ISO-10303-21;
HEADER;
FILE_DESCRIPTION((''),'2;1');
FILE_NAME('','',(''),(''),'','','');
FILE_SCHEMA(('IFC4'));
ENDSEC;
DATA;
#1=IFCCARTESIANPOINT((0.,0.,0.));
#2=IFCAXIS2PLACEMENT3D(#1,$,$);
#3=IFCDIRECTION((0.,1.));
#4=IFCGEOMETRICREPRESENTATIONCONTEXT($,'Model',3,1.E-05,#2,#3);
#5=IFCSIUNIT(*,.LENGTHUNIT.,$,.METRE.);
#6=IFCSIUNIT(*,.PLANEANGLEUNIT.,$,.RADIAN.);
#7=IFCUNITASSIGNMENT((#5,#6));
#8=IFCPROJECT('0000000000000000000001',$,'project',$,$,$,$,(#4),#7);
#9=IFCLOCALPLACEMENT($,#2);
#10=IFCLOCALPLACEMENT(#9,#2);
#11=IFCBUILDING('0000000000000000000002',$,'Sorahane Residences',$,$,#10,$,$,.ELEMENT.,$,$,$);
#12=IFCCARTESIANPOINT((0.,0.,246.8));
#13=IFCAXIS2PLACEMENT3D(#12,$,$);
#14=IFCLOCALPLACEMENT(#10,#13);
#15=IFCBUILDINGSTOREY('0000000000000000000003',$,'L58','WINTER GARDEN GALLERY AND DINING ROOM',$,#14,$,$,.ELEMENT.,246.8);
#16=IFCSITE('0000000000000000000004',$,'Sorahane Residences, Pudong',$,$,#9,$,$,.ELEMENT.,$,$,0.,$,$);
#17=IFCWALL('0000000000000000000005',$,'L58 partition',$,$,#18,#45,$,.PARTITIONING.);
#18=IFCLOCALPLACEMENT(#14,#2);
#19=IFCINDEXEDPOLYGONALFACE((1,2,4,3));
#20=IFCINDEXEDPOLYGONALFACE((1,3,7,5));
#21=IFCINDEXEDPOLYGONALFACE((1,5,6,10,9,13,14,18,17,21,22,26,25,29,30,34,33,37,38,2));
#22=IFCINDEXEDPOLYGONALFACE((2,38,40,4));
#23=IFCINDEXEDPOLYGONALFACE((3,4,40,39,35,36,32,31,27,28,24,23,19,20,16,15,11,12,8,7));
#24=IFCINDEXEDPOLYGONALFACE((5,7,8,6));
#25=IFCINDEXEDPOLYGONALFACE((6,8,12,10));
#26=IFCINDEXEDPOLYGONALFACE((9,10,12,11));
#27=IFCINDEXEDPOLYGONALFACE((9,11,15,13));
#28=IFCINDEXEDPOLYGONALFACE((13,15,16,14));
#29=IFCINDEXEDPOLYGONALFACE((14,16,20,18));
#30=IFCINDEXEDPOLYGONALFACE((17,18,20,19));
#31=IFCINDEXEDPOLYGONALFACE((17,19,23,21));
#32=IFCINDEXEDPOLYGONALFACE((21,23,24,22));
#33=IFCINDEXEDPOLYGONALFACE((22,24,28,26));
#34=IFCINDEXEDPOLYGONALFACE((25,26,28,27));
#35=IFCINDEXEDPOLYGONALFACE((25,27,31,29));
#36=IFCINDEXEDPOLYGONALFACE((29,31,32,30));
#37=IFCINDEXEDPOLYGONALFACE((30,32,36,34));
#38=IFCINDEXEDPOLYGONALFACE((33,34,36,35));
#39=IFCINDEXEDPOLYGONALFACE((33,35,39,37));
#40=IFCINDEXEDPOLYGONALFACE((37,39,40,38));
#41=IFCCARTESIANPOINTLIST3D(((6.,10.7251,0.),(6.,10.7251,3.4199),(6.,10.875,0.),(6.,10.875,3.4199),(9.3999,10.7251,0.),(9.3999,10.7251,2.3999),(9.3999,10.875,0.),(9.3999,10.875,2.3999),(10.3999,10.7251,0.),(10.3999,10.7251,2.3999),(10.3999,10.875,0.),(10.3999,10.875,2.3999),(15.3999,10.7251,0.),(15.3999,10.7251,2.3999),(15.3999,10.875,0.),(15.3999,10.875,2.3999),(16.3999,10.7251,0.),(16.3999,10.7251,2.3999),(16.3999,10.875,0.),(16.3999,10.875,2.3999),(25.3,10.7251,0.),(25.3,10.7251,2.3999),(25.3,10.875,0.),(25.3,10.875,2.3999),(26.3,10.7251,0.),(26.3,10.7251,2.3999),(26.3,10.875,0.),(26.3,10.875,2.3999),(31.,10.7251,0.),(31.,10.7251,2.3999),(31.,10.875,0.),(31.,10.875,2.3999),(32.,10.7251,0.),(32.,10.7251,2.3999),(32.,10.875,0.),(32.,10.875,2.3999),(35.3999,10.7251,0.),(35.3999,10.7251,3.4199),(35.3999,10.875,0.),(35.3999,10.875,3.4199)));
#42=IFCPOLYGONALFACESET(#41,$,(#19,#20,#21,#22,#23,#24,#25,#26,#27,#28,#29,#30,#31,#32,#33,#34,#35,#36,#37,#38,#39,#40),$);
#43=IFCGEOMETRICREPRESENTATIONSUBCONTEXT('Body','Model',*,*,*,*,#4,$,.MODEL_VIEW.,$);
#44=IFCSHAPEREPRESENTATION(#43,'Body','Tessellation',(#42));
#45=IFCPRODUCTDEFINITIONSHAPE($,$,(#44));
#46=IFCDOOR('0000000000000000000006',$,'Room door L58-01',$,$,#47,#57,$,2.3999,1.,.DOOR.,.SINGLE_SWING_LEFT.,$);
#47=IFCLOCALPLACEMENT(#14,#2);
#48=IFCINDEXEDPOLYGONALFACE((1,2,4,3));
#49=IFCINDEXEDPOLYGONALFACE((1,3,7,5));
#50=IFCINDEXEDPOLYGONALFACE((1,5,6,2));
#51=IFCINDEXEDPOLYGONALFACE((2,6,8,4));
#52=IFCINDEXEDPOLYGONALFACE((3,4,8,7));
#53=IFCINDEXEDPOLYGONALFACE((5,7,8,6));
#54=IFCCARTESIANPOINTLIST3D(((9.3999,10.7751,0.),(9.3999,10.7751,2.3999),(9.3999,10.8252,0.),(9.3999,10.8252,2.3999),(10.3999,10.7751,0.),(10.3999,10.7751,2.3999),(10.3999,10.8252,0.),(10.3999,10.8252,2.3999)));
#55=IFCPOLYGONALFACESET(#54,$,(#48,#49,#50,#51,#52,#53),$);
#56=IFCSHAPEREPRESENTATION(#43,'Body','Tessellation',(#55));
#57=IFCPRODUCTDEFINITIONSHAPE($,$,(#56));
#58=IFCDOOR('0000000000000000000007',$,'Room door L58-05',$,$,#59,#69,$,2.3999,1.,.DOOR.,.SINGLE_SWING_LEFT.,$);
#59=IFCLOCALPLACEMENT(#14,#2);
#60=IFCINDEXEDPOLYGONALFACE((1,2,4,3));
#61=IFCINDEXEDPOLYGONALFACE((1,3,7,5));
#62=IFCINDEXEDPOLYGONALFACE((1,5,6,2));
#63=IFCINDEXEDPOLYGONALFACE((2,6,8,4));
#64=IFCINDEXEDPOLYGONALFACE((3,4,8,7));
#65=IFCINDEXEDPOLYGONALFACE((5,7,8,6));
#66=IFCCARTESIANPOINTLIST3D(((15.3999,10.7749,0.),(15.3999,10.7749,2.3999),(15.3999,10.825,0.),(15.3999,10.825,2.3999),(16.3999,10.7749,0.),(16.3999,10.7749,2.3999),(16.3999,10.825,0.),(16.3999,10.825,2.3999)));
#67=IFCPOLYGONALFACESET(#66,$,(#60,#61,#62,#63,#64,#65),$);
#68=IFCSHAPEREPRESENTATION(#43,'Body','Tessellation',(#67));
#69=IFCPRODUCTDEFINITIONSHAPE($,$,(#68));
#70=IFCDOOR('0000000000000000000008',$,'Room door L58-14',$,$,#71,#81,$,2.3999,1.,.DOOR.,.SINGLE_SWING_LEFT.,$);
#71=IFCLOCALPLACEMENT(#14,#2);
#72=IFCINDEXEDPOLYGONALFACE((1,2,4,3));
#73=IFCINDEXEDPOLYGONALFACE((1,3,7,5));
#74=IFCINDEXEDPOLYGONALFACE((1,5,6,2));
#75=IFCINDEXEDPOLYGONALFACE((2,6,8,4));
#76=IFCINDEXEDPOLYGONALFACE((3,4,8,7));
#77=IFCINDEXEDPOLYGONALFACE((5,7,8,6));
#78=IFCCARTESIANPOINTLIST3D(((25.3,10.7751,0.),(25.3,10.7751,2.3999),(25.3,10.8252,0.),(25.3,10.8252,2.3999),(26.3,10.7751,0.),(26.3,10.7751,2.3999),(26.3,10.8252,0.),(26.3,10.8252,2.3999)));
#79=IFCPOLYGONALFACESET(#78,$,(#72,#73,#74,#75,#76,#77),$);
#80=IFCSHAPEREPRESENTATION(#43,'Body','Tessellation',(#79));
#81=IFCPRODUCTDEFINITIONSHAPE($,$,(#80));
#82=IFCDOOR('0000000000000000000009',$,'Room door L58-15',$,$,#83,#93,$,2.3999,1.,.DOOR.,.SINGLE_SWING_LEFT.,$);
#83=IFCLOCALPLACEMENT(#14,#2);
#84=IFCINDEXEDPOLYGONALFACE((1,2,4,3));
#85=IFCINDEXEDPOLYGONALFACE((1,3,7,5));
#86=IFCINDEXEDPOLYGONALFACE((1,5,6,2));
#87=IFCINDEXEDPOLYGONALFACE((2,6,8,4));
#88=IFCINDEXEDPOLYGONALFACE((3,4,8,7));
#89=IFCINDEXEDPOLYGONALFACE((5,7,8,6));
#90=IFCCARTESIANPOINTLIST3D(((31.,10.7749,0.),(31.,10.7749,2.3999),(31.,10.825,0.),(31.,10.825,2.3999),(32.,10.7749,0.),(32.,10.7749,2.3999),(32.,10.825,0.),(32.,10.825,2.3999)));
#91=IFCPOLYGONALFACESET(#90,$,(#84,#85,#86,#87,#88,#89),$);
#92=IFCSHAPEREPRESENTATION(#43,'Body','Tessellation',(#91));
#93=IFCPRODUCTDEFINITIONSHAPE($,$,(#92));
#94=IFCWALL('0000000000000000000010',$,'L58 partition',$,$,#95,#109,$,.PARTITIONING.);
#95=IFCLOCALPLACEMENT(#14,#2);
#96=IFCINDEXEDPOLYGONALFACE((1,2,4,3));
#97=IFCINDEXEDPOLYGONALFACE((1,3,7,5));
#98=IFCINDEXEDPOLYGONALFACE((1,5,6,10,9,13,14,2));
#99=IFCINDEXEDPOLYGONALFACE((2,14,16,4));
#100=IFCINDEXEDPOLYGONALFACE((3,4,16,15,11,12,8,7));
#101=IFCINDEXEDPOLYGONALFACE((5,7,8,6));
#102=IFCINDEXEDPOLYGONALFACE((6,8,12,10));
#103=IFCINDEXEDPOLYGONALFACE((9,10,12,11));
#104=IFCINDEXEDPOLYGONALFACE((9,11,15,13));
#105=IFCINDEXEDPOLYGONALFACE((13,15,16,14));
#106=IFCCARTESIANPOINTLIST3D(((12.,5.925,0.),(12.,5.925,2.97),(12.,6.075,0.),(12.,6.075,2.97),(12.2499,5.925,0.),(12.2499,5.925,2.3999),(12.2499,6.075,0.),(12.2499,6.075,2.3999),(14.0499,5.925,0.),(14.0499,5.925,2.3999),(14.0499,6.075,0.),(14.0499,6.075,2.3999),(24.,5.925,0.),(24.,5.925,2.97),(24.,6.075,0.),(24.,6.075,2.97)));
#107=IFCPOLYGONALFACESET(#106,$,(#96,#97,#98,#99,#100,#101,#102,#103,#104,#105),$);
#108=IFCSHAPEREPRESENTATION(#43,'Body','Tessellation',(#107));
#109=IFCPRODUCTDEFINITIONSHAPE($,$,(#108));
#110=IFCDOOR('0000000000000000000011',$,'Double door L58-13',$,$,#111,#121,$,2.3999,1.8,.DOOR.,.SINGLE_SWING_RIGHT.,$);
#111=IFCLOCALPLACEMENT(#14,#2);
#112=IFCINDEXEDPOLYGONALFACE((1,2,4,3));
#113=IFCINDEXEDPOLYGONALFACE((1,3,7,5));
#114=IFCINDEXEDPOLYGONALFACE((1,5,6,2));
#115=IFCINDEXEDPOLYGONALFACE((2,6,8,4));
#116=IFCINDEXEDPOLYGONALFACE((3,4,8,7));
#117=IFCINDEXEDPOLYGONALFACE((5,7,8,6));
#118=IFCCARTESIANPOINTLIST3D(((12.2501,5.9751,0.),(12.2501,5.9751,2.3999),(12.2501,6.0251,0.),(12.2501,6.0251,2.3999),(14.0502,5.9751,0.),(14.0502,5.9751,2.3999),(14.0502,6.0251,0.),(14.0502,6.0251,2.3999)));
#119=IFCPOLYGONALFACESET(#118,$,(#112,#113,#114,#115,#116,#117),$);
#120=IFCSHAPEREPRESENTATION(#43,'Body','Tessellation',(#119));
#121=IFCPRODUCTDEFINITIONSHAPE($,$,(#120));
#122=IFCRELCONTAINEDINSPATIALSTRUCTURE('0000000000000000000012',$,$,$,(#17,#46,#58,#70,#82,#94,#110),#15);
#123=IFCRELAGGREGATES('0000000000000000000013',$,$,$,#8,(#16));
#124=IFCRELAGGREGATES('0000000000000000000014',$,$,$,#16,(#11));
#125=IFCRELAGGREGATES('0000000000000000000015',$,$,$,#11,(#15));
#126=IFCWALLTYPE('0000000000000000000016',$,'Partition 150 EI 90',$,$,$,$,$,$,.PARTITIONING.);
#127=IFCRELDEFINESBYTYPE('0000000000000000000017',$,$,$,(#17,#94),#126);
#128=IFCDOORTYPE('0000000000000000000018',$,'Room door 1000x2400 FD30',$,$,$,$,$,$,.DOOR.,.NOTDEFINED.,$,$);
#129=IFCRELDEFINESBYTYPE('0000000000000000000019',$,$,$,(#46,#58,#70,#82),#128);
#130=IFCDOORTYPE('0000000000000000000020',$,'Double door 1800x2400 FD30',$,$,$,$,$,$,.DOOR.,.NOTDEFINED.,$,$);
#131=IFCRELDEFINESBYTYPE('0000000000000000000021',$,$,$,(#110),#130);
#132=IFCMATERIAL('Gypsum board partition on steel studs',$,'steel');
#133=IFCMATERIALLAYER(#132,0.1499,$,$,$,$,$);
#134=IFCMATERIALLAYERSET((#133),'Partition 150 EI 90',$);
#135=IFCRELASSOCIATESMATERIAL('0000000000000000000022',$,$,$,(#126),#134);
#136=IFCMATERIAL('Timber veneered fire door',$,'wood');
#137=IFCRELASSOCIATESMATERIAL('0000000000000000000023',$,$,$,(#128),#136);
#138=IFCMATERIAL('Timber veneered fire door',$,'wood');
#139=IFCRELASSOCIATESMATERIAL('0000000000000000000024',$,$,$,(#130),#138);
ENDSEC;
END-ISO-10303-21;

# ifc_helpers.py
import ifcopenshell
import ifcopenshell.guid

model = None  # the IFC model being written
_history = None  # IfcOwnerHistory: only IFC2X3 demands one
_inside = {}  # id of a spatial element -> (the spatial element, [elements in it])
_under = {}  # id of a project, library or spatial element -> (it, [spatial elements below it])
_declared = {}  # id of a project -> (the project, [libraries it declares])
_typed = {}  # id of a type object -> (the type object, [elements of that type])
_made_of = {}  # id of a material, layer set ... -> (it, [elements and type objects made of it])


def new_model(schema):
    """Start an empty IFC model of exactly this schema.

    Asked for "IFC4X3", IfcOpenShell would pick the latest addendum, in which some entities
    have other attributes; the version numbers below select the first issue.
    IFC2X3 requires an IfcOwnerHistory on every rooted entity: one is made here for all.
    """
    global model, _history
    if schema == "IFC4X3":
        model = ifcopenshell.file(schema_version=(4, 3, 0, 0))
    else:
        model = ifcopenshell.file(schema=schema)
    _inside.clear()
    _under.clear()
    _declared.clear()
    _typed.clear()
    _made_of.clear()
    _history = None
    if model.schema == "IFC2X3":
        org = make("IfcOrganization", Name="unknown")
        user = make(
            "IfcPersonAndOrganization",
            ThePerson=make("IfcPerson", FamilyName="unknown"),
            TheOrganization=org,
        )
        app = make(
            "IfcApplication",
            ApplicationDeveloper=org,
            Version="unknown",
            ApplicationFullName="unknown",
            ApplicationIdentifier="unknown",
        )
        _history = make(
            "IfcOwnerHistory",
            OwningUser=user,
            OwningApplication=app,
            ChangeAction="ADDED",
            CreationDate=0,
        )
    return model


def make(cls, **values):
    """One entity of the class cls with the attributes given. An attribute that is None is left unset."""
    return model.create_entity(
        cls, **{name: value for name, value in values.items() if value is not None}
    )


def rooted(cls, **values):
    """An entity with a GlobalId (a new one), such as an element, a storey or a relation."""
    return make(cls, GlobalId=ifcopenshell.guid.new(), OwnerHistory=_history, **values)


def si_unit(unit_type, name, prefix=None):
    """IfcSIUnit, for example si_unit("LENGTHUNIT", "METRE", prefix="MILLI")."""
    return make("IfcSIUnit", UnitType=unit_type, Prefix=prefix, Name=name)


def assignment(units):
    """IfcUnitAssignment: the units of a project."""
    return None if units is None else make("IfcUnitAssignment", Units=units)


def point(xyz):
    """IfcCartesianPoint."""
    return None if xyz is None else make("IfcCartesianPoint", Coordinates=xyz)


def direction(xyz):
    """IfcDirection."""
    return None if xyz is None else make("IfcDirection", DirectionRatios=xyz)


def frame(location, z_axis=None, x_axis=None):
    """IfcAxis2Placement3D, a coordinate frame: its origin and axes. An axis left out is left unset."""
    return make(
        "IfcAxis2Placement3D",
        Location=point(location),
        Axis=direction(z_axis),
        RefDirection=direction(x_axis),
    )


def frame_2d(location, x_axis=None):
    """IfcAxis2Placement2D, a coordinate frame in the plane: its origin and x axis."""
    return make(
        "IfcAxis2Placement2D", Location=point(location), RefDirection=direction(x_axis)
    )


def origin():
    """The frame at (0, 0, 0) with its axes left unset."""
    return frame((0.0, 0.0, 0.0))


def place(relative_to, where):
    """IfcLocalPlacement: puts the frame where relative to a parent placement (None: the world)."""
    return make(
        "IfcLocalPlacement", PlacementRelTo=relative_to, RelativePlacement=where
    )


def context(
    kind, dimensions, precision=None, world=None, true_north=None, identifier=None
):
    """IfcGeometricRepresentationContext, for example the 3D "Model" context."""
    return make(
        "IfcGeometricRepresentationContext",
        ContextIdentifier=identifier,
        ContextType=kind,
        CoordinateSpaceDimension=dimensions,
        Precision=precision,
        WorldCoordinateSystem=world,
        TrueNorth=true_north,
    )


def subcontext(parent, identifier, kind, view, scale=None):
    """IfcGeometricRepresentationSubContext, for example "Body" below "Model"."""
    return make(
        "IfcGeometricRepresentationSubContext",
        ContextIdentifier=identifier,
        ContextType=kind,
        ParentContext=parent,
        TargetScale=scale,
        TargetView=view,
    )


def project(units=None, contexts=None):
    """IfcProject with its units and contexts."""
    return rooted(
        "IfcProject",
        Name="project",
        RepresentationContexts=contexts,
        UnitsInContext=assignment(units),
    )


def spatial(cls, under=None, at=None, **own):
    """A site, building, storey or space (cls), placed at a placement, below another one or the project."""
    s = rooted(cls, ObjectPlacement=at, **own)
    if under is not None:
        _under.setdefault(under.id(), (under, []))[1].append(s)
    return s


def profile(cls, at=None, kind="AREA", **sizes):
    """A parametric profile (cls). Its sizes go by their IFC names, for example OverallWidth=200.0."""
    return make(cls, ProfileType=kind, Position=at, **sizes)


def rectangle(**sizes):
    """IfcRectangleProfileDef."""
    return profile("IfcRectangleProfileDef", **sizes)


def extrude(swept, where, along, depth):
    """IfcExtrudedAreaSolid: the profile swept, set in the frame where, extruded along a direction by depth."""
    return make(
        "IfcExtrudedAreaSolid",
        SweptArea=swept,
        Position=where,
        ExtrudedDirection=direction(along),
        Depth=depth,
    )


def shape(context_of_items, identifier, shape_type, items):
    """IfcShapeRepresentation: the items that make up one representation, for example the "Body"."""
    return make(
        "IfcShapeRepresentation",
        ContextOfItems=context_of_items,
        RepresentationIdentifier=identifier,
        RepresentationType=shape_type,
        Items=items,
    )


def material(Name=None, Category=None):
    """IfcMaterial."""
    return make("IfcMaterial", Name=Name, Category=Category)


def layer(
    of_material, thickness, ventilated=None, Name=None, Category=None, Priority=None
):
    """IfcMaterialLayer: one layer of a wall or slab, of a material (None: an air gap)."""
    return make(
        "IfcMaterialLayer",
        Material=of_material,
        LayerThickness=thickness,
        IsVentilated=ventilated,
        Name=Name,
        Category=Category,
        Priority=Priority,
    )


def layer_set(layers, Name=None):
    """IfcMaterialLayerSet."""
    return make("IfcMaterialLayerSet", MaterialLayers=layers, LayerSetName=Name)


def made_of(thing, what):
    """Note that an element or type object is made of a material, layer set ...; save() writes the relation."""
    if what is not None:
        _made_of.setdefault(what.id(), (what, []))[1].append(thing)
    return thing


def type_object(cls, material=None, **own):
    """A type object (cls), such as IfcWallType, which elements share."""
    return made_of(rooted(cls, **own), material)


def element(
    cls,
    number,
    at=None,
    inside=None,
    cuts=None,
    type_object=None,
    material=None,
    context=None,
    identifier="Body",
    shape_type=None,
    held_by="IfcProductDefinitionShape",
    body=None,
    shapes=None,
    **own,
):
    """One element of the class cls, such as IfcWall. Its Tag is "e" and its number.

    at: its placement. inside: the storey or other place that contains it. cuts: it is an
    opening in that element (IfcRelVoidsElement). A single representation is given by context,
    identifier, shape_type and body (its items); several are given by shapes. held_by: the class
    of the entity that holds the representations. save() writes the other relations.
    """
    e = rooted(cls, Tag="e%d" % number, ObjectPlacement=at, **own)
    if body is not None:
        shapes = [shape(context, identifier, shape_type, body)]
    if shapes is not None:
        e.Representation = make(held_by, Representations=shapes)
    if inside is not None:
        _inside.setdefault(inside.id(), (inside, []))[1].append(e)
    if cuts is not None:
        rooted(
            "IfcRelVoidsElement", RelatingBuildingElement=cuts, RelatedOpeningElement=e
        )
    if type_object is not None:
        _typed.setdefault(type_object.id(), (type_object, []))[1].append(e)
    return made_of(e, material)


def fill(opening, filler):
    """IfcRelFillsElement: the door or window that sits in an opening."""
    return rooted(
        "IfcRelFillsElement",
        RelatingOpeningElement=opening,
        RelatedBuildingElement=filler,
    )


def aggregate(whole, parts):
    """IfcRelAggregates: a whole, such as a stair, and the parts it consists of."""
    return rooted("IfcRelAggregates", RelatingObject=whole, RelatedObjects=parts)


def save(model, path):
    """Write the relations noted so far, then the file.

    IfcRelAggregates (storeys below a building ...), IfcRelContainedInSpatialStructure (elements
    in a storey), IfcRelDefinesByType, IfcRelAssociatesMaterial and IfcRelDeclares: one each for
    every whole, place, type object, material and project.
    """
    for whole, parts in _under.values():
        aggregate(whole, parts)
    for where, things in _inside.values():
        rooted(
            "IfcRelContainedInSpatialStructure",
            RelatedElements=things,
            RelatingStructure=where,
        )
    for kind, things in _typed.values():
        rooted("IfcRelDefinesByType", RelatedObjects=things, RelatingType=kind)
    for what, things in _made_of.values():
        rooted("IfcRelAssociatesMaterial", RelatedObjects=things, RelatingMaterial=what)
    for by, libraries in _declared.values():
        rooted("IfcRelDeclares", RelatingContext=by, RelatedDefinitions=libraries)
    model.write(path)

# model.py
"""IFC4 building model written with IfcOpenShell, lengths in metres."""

from ifc_helpers import new_model, si_unit, direction, frame, frame_2d, origin, place, context, subcontext, project, spatial, rectangle, extrude, material, layer, layer_set, type_object, element, fill, save


model = new_model("IFC4")

# Units and contexts
model_context = context("Model", 3, precision=1e-05, world=origin(), true_north=direction((0.0, 1.0)))
body_context = subcontext(model_context, "Body", "Model", "MODEL_VIEW")
ifc_project = project(units=[si_unit("LENGTHUNIT", "METRE"), si_unit("PLANEANGLEUNIT", "RADIAN")], contexts=[model_context])

# Site, building, storey
site_placement = place(None, origin())
site = spatial("IfcSite", under=ifc_project, at=site_placement, Name="Sorahane Residences, Pudong", CompositionType="ELEMENT", RefElevation=0.0)
building_placement = place(site_placement, origin())
building = spatial("IfcBuilding", under=site, at=building_placement, Name="Sorahane Residences", CompositionType="ELEMENT")
storey_placement = place(building_placement, frame((0.0, 0.0, 246.8)))
storey = spatial("IfcBuildingStorey", under=building, at=storey_placement, Name="L58", Description="WINTER GARDEN GALLERY AND DINING ROOM", CompositionType="ELEMENT", Elevation=246.8)

# Shared definitions
ifc_material_1 = material(Name="Gypsum board partition on steel studs", Category="steel")
ifc_layer_1 = layer(ifc_material_1, 0.1499)
ifc_layer_set_1 = layer_set([ifc_layer_1], Name="Partition 150 EI 90")
wall_type = type_object("IfcWallType", Name="Partition 150 EI 90", PredefinedType="PARTITIONING", material=ifc_layer_set_1)

# Wall, openings, doors
wall_1_placement = place(storey_placement, frame((6.0, 10.8, 0.0), z_axis=(0.0, 0.0, 1.0), x_axis=(1.0, 0.0, 0.0)))
wall_1 = element("IfcWall", 1, at=wall_1_placement, inside=storey, type_object=wall_type, Name="L58 partition", PredefinedType="PARTITIONING", context=body_context, shape_type="SweptSolid", body=[
    extrude(rectangle(XDim=29.3999, YDim=0.1499, at=frame_2d((14.7, 0.0))), origin(), (0.0, 0.0, 1.0), 3.4199),
])
opening_1_placement = place(wall_1_placement, frame((3.3999, 0.0, 0.0)))
opening_1 = element("IfcOpeningElement", 2, at=opening_1_placement, cuts=wall_1, PredefinedType="OPENING", context=body_context, shape_type="SweptSolid", body=[
    extrude(rectangle(XDim=1.0, YDim=2.3999, at=frame_2d((0.5, 1.2))), frame((0.0, 0.085, 0.0), z_axis=(0.0, -1.0, 0.0), x_axis=(1.0, 0.0, 0.0)), (0.0, 0.0, 1.0), 0.1699),
])
opening_2_placement = place(wall_1_placement, frame((9.3999, 0.0, 0.0)))
opening_2 = element("IfcOpeningElement", 3, at=opening_2_placement, cuts=wall_1, PredefinedType="OPENING", context=body_context, shape_type="SweptSolid", body=[
    extrude(rectangle(XDim=1.0, YDim=2.3999, at=frame_2d((0.5, 1.2))), frame((0.0, 0.085, 0.0), z_axis=(0.0, -1.0, 0.0), x_axis=(1.0, 0.0, 0.0)), (0.0, 0.0, 1.0), 0.1699),
])
opening_3_placement = place(wall_1_placement, frame((19.3, 0.0, 0.0)))
opening_3 = element("IfcOpeningElement", 4, at=opening_3_placement, cuts=wall_1, PredefinedType="OPENING", context=body_context, shape_type="SweptSolid", body=[
    extrude(rectangle(XDim=1.0, YDim=2.3999, at=frame_2d((0.5, 1.2))), frame((0.0, 0.085, 0.0), z_axis=(0.0, -1.0, 0.0), x_axis=(1.0, 0.0, 0.0)), (0.0, 0.0, 1.0), 0.1699),
])
opening_4_placement = place(wall_1_placement, frame((25.0, 0.0, 0.0)))
opening_4 = element("IfcOpeningElement", 5, at=opening_4_placement, cuts=wall_1, PredefinedType="OPENING", context=body_context, shape_type="SweptSolid", body=[
    extrude(rectangle(XDim=1.0, YDim=2.3999, at=frame_2d((0.5, 1.2))), frame((0.0, 0.085, 0.0), z_axis=(0.0, -1.0, 0.0), x_axis=(1.0, 0.0, 0.0)), (0.0, 0.0, 1.0), 0.1699),
])
ifc_material_2 = material(Name="Timber veneered fire door", Category="wood")
door_type_1 = type_object("IfcDoorType", Name="Room door 1000x2400 FD30", OperationType="NOTDEFINED", PredefinedType="DOOR", material=ifc_material_2)
door_1_placement = place(opening_1_placement, frame((1.0, 0.0, 0.0), z_axis=(0.0, 0.0, 1.0), x_axis=(-1.0, 0.0, 0.0)))
door_1 = element("IfcDoor", 6, at=door_1_placement, inside=storey, type_object=door_type_1, Name="Room door L58-01", OperationType="SINGLE_SWING_LEFT", OverallHeight=2.3999, OverallWidth=1.0, PredefinedType="DOOR", context=body_context, shape_type="SweptSolid", body=[
    extrude(rectangle(XDim=1.0, YDim=2.3999, at=frame_2d((0.5, 1.2))), frame((0.0, 0.0249, 0.0), z_axis=(0.0, -1.0, 0.0), x_axis=(1.0, 0.0, 0.0)), (0.0, 0.0, 1.0), 0.05),
])
fill(opening_1, door_1)
door_2_placement = place(opening_2_placement, origin())
door_2 = element("IfcDoor", 7, at=door_2_placement, inside=storey, type_object=door_type_1, Name="Room door L58-05", OperationType="SINGLE_SWING_LEFT", OverallHeight=2.3999, OverallWidth=1.0, PredefinedType="DOOR", context=body_context, shape_type="SweptSolid", body=[
    extrude(rectangle(XDim=1.0, YDim=2.3999, at=frame_2d((0.5, 1.2))), frame((0.0, 0.0249, 0.0), z_axis=(0.0, -1.0, 0.0), x_axis=(1.0, 0.0, 0.0)), (0.0, 0.0, 1.0), 0.05),
])
fill(opening_2, door_2)
door_3_placement = place(opening_3_placement, frame((1.0, 0.0, 0.0), z_axis=(0.0, 0.0, 1.0), x_axis=(-1.0, 0.0, 0.0)))
door_3 = element("IfcDoor", 8, at=door_3_placement, inside=storey, type_object=door_type_1, Name="Room door L58-14", OperationType="SINGLE_SWING_LEFT", OverallHeight=2.3999, OverallWidth=1.0, PredefinedType="DOOR", context=body_context, shape_type="SweptSolid", body=[
    extrude(rectangle(XDim=1.0, YDim=2.3999, at=frame_2d((0.5, 1.2))), frame((0.0, 0.0249, 0.0), z_axis=(0.0, -1.0, 0.0), x_axis=(1.0, 0.0, 0.0)), (0.0, 0.0, 1.0), 0.05),
])
fill(opening_3, door_3)
door_4_placement = place(opening_4_placement, origin())
door_4 = element("IfcDoor", 9, at=door_4_placement, inside=storey, type_object=door_type_1, Name="Room door L58-15", OperationType="SINGLE_SWING_LEFT", OverallHeight=2.3999, OverallWidth=1.0, PredefinedType="DOOR", context=body_context, shape_type="SweptSolid", body=[
    extrude(rectangle(XDim=1.0, YDim=2.3999, at=frame_2d((0.5, 1.2))), frame((0.0, 0.0249, 0.0), z_axis=(0.0, -1.0, 0.0), x_axis=(1.0, 0.0, 0.0)), (0.0, 0.0, 1.0), 0.05),
])
fill(opening_4, door_4)

# Wall, opening, door
wall_2_placement = place(storey_placement, frame((12.0, 6.0, 0.0), z_axis=(0.0, 0.0, 1.0), x_axis=(1.0, 0.0, 0.0)))
wall_2 = element("IfcWall", 10, at=wall_2_placement, inside=storey, type_object=wall_type, Name="L58 partition", PredefinedType="PARTITIONING", context=body_context, shape_type="SweptSolid", body=[
    extrude(rectangle(XDim=12.0, YDim=0.1499, at=frame_2d((6.0, 0.0))), origin(), (0.0, 0.0, 1.0), 2.97),
])
opening_5_placement = place(wall_2_placement, frame((0.25, 0.0, 0.0)))
opening_5 = element("IfcOpeningElement", 11, at=opening_5_placement, cuts=wall_2, PredefinedType="OPENING", context=body_context, shape_type="SweptSolid", body=[
    extrude(rectangle(XDim=1.8, YDim=2.3999, at=frame_2d((0.8999, 1.2))), frame((0.0, 0.085, 0.0), z_axis=(0.0, -1.0, 0.0), x_axis=(1.0, 0.0, 0.0)), (0.0, 0.0, 1.0), 0.1699),
])
ifc_material_3 = material(Name="Timber veneered fire door", Category="wood")
door_type_2 = type_object("IfcDoorType", Name="Double door 1800x2400 FD30", OperationType="NOTDEFINED", PredefinedType="DOOR", material=ifc_material_3)
door_5_placement = place(opening_5_placement, frame((1.8, 0.0, 0.0), z_axis=(0.0, 0.0, 1.0), x_axis=(-1.0, 0.0, 0.0)))
door_5 = element("IfcDoor", 12, at=door_5_placement, inside=storey, type_object=door_type_2, Name="Double door L58-13", OperationType="SINGLE_SWING_RIGHT", OverallHeight=2.3999, OverallWidth=1.8, PredefinedType="DOOR", context=body_context, shape_type="SweptSolid", body=[
    extrude(rectangle(XDim=1.8, YDim=2.3999, at=frame_2d((0.8999, 1.2))), frame((0.0, 0.0249, 0.0), z_axis=(0.0, -1.0, 0.0), x_axis=(1.0, 0.0, 0.0)), (0.0, 0.0, 1.0), 0.05),
])
fill(opening_5, door_5)

save(model, "model.ifc")
